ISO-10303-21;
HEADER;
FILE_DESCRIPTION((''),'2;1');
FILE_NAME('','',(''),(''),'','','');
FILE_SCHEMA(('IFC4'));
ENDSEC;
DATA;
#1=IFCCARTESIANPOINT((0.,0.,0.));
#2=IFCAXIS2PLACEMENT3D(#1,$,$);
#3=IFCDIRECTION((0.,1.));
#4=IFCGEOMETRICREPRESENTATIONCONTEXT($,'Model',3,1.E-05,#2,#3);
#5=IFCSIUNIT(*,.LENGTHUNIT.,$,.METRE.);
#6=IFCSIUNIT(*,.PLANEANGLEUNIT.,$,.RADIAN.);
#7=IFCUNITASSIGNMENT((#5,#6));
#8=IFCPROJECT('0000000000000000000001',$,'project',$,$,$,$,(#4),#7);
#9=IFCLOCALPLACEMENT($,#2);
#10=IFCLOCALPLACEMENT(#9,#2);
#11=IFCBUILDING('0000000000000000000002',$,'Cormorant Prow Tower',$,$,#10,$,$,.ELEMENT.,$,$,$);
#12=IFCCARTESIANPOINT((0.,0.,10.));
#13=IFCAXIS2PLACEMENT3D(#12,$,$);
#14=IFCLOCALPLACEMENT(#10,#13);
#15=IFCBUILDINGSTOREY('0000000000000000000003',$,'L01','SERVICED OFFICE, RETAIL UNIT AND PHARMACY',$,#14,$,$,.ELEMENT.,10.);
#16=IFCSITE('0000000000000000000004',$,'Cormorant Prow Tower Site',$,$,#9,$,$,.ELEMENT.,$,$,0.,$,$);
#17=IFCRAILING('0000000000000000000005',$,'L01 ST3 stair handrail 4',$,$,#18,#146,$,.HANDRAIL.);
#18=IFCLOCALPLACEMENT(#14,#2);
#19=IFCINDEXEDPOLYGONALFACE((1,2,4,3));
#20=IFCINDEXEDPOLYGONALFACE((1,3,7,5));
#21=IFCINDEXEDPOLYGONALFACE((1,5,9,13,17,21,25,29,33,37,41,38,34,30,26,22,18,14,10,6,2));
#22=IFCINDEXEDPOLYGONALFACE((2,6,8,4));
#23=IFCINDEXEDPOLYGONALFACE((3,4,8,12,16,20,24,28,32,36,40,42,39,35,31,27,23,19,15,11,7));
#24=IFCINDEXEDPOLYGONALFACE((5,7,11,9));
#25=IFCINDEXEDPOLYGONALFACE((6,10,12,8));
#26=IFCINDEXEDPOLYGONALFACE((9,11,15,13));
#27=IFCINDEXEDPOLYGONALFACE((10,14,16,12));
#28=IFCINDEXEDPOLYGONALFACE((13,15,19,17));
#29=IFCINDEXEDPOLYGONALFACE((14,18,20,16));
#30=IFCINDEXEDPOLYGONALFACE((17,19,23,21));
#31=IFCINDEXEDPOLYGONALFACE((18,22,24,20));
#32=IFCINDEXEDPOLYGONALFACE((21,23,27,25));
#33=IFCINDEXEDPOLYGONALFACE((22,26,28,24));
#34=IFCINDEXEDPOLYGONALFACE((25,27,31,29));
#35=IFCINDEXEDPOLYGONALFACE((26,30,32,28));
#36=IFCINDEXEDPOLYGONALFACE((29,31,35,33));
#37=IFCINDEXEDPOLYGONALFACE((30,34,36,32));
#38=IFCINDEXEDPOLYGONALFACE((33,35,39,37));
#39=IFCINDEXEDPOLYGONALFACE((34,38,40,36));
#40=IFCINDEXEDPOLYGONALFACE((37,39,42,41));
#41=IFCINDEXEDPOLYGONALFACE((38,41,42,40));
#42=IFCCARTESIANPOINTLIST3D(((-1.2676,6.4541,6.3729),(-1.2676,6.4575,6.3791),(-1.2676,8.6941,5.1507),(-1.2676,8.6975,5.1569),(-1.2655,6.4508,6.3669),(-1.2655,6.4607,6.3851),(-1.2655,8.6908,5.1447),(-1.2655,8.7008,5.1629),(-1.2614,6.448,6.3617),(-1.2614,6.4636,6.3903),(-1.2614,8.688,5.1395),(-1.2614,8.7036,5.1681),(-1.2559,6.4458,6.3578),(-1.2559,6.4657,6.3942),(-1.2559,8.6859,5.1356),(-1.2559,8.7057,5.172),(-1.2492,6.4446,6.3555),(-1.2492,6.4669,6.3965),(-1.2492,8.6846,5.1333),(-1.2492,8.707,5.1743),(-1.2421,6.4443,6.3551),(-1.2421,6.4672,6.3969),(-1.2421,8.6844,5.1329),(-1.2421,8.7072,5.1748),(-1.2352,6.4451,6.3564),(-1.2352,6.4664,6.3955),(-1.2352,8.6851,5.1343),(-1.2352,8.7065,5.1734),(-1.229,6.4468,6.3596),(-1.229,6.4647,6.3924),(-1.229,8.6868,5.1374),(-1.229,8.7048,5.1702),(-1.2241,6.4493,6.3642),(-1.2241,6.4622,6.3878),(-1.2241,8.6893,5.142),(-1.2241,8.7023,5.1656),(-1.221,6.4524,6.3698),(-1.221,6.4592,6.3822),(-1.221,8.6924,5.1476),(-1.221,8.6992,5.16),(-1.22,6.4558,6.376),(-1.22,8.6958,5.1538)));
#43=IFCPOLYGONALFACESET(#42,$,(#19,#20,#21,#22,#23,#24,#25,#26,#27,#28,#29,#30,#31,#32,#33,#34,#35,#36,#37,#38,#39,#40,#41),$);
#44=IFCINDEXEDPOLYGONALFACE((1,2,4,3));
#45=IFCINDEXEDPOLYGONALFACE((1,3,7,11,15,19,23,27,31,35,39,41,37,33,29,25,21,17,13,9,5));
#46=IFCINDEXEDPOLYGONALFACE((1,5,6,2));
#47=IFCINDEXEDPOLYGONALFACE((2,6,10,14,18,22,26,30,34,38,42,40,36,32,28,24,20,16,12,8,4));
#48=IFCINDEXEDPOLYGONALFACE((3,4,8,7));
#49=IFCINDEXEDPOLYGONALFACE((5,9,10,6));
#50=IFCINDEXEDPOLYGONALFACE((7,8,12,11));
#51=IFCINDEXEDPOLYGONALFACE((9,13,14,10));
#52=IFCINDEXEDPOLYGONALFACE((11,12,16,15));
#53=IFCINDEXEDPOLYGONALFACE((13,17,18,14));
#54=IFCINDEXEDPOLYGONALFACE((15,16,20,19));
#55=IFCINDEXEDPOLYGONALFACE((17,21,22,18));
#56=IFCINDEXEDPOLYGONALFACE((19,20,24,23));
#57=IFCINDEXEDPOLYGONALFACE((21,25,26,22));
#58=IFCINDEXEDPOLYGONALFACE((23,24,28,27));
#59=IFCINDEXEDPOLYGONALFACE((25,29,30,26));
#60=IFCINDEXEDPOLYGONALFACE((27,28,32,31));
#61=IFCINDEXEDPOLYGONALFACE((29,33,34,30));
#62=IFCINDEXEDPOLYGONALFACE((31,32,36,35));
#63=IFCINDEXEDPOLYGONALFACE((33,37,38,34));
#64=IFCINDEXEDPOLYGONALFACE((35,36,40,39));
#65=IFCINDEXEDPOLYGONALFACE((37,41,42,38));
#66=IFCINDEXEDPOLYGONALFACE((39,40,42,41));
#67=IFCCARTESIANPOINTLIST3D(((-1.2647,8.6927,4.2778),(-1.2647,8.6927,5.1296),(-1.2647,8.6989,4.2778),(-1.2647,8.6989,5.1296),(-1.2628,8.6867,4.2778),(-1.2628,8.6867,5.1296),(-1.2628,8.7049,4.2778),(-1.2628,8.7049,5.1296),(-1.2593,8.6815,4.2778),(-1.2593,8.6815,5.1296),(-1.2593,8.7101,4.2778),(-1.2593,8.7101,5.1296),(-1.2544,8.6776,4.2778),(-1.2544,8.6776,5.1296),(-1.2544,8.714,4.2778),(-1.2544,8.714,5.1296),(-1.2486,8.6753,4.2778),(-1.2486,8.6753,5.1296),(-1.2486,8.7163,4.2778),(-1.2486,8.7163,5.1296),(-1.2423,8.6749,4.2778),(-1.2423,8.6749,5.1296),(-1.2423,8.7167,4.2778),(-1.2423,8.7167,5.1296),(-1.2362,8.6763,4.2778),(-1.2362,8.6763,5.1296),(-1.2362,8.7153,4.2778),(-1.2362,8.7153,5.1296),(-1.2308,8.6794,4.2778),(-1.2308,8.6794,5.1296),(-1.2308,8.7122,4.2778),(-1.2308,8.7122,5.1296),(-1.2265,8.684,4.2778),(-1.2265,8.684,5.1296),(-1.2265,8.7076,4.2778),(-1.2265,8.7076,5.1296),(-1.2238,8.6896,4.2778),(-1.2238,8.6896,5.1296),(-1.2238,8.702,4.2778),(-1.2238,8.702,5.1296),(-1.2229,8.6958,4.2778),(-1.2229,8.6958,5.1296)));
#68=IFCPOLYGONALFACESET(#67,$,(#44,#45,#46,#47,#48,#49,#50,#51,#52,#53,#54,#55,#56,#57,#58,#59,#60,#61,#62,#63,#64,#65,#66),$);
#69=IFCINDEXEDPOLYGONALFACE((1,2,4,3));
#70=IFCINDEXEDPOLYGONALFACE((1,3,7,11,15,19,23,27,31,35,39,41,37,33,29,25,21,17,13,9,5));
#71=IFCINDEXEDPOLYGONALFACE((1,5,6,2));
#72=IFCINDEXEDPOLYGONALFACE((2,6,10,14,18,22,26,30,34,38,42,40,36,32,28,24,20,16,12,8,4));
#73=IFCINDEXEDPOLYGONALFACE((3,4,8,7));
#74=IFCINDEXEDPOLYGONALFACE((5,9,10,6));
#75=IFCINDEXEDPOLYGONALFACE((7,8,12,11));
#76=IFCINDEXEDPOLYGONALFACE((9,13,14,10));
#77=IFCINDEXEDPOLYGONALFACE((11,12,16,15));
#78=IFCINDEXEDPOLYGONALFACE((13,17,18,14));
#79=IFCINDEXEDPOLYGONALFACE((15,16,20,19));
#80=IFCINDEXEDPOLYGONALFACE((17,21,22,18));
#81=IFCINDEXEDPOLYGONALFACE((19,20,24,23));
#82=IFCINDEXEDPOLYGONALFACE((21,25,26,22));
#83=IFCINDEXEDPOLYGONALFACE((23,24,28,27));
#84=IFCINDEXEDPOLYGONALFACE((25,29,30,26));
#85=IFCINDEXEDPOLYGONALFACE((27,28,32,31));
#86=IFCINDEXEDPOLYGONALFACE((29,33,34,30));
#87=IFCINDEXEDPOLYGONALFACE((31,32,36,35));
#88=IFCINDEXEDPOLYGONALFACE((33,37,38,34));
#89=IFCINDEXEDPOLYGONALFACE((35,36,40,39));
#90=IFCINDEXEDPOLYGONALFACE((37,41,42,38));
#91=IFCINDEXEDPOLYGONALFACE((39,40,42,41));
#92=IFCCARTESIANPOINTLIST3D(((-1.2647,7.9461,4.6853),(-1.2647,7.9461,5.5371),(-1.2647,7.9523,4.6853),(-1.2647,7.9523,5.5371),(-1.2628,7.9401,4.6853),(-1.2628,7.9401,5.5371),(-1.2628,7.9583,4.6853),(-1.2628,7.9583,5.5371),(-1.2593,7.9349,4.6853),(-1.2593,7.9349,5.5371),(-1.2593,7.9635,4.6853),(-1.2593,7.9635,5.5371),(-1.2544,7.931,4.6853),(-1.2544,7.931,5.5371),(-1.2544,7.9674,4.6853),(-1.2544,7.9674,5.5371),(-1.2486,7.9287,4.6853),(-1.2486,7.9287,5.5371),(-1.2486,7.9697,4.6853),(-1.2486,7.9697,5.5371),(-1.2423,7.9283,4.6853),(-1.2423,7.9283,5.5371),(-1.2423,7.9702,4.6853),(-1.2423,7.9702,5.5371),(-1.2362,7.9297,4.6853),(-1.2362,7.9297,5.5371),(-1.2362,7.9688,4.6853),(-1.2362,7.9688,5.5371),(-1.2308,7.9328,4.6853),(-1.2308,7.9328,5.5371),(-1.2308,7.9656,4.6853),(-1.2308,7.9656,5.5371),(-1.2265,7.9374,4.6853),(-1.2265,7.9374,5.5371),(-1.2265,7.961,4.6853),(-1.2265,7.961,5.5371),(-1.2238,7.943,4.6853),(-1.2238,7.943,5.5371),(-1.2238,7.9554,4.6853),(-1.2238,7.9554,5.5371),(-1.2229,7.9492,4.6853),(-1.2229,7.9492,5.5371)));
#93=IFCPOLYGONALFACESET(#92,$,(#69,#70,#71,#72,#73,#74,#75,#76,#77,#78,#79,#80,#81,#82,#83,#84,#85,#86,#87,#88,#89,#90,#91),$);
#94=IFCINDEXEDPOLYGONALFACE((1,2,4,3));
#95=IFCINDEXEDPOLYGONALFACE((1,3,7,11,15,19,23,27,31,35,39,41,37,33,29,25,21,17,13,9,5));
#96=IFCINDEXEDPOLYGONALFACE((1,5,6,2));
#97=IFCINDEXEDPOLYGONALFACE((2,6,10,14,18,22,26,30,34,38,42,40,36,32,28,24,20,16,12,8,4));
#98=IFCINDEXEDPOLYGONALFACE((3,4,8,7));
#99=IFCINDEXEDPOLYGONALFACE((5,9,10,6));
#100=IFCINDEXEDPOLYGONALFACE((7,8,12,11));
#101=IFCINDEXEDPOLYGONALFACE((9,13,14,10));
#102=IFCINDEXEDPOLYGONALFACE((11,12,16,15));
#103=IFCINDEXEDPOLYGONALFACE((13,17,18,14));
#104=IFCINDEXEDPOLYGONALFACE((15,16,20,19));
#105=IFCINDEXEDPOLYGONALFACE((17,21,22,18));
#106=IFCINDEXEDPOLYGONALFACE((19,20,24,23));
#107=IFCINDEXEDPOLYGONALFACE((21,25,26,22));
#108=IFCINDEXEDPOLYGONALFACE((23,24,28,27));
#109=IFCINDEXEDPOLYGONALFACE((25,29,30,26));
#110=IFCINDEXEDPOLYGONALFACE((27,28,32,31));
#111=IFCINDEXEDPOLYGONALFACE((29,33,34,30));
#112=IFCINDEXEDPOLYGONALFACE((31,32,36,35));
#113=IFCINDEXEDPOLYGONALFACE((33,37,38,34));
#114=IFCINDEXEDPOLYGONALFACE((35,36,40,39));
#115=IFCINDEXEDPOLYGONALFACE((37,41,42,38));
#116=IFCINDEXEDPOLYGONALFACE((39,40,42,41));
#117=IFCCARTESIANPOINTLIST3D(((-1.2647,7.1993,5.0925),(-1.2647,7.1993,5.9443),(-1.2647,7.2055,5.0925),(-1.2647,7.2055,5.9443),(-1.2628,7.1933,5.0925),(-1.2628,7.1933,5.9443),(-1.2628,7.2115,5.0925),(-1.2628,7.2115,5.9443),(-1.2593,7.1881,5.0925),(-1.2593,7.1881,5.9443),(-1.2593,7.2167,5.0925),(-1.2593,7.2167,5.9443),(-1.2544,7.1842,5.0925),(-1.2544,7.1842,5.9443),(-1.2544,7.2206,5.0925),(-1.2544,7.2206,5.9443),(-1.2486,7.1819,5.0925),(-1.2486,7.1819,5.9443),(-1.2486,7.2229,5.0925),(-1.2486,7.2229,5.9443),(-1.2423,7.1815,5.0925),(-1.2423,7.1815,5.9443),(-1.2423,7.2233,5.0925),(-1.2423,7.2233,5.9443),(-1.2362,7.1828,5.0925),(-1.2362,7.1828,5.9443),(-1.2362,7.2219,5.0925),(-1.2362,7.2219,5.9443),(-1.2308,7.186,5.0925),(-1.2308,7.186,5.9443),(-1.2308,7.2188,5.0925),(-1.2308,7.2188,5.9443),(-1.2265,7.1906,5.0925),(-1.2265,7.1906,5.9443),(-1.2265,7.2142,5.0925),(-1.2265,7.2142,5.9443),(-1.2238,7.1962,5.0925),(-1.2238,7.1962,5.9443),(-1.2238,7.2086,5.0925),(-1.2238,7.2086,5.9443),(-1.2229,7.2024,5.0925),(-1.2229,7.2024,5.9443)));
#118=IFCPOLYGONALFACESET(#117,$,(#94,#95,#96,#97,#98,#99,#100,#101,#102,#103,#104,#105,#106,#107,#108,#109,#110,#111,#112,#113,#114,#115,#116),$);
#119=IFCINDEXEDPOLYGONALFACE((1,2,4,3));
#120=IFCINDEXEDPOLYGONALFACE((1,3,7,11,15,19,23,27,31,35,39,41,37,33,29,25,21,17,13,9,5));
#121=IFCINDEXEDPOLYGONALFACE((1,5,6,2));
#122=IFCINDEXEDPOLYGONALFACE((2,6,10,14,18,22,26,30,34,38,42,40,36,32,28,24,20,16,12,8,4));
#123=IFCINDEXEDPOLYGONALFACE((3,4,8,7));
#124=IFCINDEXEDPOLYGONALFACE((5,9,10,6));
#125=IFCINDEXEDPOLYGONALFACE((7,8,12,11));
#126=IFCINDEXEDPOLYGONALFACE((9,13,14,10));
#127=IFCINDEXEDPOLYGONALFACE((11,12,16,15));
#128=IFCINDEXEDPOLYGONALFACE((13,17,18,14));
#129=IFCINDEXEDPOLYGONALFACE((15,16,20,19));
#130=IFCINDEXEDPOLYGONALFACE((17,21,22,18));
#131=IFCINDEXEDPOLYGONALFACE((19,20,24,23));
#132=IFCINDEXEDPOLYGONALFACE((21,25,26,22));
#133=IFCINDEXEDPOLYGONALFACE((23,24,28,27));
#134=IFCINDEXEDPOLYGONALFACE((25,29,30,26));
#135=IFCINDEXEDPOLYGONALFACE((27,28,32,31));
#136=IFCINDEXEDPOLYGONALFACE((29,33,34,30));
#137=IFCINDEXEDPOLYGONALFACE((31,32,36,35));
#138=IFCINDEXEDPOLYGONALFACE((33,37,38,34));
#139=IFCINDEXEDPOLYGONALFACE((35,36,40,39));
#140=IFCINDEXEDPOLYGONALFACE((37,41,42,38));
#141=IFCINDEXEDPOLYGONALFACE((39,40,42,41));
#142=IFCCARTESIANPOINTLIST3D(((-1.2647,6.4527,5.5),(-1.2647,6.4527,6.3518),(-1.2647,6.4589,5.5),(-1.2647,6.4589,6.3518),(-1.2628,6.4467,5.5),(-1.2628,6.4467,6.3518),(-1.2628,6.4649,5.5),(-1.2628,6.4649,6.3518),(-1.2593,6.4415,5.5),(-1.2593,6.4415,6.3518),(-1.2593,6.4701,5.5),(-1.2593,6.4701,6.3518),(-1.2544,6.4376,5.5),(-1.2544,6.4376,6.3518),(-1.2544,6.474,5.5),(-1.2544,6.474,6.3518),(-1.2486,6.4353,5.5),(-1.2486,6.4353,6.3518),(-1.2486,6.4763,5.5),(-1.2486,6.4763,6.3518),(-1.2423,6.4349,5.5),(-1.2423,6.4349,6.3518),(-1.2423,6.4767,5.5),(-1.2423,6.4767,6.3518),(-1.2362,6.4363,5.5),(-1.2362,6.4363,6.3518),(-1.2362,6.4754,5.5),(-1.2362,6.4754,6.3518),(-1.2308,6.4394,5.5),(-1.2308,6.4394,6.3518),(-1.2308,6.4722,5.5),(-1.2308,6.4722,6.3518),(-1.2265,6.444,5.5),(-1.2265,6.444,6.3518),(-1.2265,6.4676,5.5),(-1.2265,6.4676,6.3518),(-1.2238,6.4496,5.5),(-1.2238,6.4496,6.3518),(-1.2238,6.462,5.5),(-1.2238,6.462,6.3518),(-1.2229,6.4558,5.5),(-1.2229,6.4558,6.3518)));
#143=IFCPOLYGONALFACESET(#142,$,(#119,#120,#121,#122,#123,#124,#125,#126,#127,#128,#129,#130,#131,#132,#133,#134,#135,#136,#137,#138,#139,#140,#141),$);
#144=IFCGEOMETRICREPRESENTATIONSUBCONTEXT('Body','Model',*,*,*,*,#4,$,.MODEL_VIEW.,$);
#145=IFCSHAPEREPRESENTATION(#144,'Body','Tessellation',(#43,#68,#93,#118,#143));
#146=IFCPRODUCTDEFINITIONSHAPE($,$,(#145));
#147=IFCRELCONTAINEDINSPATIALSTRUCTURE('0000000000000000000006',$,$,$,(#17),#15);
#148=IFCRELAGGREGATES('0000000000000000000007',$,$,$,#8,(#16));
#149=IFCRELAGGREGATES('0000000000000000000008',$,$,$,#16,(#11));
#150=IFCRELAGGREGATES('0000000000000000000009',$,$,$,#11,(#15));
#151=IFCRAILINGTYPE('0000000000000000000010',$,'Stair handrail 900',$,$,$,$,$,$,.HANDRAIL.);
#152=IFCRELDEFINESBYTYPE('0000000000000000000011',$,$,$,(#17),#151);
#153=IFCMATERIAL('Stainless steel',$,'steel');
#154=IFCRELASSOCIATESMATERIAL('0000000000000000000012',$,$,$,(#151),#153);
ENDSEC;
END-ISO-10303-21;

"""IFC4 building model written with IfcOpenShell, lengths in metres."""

from ifc_helpers import new_model, si_unit, direction, frame, origin, origin_2d, place, context, subcontext, project, spatial, circle, extrude, material, type_object, element, save


model = new_model("IFC4")

# Units and contexts
model_context = context("Model", 3, precision=1e-05, world=origin(), true_north=direction((0.0, 1.0)))
body_context = subcontext(model_context, "Body", "Model", "MODEL_VIEW")
ifc_project = project(units=[si_unit("LENGTHUNIT", "METRE"), si_unit("PLANEANGLEUNIT", "RADIAN")], contexts=[model_context])

# Site, building, storey
site_placement = place(None, origin())
site = spatial("IfcSite", under=ifc_project, at=site_placement, Name="Cormorant Prow Tower Site", CompositionType="ELEMENT", RefElevation=0.0)
building_placement = place(site_placement, origin())
building = spatial("IfcBuilding", under=site, at=building_placement, Name="Cormorant Prow Tower", CompositionType="ELEMENT")
storey_placement = place(building_placement, frame((0.0, 0.0, 10.0)))
storey = spatial("IfcBuildingStorey", under=building, at=storey_placement, Name="L01", Description="SERVICED OFFICE, RETAIL UNIT AND PHARMACY", CompositionType="ELEMENT", Elevation=10.0)

# Railing
ifc_material_1 = material(Name="Stainless steel", Category="steel")
railing_type = type_object("IfcRailingType", Name="Stair handrail 900", PredefinedType="HANDRAIL", material=ifc_material_1)
for number, where, name in (
    (1, (-1.2439, 8.6958, 4.2778), "L01 ST3 stair handrail 4"),
):
    element("IfcRailing", number, at=place(storey_placement, frame(where)), inside=storey, type_object=railing_type, Name=name, PredefinedType="HANDRAIL", context=body_context, shape_type="SweptSolid", body=[
        extrude(circle(Radius=0.0239, at=origin_2d()), frame((0.0, 0.0, 0.876), z_axis=(0.0, -0.877837, 0.478959), x_axis=(1.0, 0.0, 0.0)), (0.0, 0.0, 1.0), 2.5518),
        extrude(circle(Radius=0.021, at=origin_2d()), origin(), (0.0, 0.0, 1.0), 0.8518),
        extrude(circle(Radius=0.021, at=origin_2d()), frame((0.0, -0.7466, 0.4075)), (0.0, 0.0, 1.0), 0.8518),
        extrude(circle(Radius=0.021, at=origin_2d()), frame((0.0, -1.4934, 0.8147)), (0.0, 0.0, 1.0), 0.8518),
        extrude(circle(Radius=0.021, at=origin_2d()), frame((0.0, -2.24, 1.2222)), (0.0, 0.0, 1.0), 0.8518),
    ])

save(model, "model.ifc")
